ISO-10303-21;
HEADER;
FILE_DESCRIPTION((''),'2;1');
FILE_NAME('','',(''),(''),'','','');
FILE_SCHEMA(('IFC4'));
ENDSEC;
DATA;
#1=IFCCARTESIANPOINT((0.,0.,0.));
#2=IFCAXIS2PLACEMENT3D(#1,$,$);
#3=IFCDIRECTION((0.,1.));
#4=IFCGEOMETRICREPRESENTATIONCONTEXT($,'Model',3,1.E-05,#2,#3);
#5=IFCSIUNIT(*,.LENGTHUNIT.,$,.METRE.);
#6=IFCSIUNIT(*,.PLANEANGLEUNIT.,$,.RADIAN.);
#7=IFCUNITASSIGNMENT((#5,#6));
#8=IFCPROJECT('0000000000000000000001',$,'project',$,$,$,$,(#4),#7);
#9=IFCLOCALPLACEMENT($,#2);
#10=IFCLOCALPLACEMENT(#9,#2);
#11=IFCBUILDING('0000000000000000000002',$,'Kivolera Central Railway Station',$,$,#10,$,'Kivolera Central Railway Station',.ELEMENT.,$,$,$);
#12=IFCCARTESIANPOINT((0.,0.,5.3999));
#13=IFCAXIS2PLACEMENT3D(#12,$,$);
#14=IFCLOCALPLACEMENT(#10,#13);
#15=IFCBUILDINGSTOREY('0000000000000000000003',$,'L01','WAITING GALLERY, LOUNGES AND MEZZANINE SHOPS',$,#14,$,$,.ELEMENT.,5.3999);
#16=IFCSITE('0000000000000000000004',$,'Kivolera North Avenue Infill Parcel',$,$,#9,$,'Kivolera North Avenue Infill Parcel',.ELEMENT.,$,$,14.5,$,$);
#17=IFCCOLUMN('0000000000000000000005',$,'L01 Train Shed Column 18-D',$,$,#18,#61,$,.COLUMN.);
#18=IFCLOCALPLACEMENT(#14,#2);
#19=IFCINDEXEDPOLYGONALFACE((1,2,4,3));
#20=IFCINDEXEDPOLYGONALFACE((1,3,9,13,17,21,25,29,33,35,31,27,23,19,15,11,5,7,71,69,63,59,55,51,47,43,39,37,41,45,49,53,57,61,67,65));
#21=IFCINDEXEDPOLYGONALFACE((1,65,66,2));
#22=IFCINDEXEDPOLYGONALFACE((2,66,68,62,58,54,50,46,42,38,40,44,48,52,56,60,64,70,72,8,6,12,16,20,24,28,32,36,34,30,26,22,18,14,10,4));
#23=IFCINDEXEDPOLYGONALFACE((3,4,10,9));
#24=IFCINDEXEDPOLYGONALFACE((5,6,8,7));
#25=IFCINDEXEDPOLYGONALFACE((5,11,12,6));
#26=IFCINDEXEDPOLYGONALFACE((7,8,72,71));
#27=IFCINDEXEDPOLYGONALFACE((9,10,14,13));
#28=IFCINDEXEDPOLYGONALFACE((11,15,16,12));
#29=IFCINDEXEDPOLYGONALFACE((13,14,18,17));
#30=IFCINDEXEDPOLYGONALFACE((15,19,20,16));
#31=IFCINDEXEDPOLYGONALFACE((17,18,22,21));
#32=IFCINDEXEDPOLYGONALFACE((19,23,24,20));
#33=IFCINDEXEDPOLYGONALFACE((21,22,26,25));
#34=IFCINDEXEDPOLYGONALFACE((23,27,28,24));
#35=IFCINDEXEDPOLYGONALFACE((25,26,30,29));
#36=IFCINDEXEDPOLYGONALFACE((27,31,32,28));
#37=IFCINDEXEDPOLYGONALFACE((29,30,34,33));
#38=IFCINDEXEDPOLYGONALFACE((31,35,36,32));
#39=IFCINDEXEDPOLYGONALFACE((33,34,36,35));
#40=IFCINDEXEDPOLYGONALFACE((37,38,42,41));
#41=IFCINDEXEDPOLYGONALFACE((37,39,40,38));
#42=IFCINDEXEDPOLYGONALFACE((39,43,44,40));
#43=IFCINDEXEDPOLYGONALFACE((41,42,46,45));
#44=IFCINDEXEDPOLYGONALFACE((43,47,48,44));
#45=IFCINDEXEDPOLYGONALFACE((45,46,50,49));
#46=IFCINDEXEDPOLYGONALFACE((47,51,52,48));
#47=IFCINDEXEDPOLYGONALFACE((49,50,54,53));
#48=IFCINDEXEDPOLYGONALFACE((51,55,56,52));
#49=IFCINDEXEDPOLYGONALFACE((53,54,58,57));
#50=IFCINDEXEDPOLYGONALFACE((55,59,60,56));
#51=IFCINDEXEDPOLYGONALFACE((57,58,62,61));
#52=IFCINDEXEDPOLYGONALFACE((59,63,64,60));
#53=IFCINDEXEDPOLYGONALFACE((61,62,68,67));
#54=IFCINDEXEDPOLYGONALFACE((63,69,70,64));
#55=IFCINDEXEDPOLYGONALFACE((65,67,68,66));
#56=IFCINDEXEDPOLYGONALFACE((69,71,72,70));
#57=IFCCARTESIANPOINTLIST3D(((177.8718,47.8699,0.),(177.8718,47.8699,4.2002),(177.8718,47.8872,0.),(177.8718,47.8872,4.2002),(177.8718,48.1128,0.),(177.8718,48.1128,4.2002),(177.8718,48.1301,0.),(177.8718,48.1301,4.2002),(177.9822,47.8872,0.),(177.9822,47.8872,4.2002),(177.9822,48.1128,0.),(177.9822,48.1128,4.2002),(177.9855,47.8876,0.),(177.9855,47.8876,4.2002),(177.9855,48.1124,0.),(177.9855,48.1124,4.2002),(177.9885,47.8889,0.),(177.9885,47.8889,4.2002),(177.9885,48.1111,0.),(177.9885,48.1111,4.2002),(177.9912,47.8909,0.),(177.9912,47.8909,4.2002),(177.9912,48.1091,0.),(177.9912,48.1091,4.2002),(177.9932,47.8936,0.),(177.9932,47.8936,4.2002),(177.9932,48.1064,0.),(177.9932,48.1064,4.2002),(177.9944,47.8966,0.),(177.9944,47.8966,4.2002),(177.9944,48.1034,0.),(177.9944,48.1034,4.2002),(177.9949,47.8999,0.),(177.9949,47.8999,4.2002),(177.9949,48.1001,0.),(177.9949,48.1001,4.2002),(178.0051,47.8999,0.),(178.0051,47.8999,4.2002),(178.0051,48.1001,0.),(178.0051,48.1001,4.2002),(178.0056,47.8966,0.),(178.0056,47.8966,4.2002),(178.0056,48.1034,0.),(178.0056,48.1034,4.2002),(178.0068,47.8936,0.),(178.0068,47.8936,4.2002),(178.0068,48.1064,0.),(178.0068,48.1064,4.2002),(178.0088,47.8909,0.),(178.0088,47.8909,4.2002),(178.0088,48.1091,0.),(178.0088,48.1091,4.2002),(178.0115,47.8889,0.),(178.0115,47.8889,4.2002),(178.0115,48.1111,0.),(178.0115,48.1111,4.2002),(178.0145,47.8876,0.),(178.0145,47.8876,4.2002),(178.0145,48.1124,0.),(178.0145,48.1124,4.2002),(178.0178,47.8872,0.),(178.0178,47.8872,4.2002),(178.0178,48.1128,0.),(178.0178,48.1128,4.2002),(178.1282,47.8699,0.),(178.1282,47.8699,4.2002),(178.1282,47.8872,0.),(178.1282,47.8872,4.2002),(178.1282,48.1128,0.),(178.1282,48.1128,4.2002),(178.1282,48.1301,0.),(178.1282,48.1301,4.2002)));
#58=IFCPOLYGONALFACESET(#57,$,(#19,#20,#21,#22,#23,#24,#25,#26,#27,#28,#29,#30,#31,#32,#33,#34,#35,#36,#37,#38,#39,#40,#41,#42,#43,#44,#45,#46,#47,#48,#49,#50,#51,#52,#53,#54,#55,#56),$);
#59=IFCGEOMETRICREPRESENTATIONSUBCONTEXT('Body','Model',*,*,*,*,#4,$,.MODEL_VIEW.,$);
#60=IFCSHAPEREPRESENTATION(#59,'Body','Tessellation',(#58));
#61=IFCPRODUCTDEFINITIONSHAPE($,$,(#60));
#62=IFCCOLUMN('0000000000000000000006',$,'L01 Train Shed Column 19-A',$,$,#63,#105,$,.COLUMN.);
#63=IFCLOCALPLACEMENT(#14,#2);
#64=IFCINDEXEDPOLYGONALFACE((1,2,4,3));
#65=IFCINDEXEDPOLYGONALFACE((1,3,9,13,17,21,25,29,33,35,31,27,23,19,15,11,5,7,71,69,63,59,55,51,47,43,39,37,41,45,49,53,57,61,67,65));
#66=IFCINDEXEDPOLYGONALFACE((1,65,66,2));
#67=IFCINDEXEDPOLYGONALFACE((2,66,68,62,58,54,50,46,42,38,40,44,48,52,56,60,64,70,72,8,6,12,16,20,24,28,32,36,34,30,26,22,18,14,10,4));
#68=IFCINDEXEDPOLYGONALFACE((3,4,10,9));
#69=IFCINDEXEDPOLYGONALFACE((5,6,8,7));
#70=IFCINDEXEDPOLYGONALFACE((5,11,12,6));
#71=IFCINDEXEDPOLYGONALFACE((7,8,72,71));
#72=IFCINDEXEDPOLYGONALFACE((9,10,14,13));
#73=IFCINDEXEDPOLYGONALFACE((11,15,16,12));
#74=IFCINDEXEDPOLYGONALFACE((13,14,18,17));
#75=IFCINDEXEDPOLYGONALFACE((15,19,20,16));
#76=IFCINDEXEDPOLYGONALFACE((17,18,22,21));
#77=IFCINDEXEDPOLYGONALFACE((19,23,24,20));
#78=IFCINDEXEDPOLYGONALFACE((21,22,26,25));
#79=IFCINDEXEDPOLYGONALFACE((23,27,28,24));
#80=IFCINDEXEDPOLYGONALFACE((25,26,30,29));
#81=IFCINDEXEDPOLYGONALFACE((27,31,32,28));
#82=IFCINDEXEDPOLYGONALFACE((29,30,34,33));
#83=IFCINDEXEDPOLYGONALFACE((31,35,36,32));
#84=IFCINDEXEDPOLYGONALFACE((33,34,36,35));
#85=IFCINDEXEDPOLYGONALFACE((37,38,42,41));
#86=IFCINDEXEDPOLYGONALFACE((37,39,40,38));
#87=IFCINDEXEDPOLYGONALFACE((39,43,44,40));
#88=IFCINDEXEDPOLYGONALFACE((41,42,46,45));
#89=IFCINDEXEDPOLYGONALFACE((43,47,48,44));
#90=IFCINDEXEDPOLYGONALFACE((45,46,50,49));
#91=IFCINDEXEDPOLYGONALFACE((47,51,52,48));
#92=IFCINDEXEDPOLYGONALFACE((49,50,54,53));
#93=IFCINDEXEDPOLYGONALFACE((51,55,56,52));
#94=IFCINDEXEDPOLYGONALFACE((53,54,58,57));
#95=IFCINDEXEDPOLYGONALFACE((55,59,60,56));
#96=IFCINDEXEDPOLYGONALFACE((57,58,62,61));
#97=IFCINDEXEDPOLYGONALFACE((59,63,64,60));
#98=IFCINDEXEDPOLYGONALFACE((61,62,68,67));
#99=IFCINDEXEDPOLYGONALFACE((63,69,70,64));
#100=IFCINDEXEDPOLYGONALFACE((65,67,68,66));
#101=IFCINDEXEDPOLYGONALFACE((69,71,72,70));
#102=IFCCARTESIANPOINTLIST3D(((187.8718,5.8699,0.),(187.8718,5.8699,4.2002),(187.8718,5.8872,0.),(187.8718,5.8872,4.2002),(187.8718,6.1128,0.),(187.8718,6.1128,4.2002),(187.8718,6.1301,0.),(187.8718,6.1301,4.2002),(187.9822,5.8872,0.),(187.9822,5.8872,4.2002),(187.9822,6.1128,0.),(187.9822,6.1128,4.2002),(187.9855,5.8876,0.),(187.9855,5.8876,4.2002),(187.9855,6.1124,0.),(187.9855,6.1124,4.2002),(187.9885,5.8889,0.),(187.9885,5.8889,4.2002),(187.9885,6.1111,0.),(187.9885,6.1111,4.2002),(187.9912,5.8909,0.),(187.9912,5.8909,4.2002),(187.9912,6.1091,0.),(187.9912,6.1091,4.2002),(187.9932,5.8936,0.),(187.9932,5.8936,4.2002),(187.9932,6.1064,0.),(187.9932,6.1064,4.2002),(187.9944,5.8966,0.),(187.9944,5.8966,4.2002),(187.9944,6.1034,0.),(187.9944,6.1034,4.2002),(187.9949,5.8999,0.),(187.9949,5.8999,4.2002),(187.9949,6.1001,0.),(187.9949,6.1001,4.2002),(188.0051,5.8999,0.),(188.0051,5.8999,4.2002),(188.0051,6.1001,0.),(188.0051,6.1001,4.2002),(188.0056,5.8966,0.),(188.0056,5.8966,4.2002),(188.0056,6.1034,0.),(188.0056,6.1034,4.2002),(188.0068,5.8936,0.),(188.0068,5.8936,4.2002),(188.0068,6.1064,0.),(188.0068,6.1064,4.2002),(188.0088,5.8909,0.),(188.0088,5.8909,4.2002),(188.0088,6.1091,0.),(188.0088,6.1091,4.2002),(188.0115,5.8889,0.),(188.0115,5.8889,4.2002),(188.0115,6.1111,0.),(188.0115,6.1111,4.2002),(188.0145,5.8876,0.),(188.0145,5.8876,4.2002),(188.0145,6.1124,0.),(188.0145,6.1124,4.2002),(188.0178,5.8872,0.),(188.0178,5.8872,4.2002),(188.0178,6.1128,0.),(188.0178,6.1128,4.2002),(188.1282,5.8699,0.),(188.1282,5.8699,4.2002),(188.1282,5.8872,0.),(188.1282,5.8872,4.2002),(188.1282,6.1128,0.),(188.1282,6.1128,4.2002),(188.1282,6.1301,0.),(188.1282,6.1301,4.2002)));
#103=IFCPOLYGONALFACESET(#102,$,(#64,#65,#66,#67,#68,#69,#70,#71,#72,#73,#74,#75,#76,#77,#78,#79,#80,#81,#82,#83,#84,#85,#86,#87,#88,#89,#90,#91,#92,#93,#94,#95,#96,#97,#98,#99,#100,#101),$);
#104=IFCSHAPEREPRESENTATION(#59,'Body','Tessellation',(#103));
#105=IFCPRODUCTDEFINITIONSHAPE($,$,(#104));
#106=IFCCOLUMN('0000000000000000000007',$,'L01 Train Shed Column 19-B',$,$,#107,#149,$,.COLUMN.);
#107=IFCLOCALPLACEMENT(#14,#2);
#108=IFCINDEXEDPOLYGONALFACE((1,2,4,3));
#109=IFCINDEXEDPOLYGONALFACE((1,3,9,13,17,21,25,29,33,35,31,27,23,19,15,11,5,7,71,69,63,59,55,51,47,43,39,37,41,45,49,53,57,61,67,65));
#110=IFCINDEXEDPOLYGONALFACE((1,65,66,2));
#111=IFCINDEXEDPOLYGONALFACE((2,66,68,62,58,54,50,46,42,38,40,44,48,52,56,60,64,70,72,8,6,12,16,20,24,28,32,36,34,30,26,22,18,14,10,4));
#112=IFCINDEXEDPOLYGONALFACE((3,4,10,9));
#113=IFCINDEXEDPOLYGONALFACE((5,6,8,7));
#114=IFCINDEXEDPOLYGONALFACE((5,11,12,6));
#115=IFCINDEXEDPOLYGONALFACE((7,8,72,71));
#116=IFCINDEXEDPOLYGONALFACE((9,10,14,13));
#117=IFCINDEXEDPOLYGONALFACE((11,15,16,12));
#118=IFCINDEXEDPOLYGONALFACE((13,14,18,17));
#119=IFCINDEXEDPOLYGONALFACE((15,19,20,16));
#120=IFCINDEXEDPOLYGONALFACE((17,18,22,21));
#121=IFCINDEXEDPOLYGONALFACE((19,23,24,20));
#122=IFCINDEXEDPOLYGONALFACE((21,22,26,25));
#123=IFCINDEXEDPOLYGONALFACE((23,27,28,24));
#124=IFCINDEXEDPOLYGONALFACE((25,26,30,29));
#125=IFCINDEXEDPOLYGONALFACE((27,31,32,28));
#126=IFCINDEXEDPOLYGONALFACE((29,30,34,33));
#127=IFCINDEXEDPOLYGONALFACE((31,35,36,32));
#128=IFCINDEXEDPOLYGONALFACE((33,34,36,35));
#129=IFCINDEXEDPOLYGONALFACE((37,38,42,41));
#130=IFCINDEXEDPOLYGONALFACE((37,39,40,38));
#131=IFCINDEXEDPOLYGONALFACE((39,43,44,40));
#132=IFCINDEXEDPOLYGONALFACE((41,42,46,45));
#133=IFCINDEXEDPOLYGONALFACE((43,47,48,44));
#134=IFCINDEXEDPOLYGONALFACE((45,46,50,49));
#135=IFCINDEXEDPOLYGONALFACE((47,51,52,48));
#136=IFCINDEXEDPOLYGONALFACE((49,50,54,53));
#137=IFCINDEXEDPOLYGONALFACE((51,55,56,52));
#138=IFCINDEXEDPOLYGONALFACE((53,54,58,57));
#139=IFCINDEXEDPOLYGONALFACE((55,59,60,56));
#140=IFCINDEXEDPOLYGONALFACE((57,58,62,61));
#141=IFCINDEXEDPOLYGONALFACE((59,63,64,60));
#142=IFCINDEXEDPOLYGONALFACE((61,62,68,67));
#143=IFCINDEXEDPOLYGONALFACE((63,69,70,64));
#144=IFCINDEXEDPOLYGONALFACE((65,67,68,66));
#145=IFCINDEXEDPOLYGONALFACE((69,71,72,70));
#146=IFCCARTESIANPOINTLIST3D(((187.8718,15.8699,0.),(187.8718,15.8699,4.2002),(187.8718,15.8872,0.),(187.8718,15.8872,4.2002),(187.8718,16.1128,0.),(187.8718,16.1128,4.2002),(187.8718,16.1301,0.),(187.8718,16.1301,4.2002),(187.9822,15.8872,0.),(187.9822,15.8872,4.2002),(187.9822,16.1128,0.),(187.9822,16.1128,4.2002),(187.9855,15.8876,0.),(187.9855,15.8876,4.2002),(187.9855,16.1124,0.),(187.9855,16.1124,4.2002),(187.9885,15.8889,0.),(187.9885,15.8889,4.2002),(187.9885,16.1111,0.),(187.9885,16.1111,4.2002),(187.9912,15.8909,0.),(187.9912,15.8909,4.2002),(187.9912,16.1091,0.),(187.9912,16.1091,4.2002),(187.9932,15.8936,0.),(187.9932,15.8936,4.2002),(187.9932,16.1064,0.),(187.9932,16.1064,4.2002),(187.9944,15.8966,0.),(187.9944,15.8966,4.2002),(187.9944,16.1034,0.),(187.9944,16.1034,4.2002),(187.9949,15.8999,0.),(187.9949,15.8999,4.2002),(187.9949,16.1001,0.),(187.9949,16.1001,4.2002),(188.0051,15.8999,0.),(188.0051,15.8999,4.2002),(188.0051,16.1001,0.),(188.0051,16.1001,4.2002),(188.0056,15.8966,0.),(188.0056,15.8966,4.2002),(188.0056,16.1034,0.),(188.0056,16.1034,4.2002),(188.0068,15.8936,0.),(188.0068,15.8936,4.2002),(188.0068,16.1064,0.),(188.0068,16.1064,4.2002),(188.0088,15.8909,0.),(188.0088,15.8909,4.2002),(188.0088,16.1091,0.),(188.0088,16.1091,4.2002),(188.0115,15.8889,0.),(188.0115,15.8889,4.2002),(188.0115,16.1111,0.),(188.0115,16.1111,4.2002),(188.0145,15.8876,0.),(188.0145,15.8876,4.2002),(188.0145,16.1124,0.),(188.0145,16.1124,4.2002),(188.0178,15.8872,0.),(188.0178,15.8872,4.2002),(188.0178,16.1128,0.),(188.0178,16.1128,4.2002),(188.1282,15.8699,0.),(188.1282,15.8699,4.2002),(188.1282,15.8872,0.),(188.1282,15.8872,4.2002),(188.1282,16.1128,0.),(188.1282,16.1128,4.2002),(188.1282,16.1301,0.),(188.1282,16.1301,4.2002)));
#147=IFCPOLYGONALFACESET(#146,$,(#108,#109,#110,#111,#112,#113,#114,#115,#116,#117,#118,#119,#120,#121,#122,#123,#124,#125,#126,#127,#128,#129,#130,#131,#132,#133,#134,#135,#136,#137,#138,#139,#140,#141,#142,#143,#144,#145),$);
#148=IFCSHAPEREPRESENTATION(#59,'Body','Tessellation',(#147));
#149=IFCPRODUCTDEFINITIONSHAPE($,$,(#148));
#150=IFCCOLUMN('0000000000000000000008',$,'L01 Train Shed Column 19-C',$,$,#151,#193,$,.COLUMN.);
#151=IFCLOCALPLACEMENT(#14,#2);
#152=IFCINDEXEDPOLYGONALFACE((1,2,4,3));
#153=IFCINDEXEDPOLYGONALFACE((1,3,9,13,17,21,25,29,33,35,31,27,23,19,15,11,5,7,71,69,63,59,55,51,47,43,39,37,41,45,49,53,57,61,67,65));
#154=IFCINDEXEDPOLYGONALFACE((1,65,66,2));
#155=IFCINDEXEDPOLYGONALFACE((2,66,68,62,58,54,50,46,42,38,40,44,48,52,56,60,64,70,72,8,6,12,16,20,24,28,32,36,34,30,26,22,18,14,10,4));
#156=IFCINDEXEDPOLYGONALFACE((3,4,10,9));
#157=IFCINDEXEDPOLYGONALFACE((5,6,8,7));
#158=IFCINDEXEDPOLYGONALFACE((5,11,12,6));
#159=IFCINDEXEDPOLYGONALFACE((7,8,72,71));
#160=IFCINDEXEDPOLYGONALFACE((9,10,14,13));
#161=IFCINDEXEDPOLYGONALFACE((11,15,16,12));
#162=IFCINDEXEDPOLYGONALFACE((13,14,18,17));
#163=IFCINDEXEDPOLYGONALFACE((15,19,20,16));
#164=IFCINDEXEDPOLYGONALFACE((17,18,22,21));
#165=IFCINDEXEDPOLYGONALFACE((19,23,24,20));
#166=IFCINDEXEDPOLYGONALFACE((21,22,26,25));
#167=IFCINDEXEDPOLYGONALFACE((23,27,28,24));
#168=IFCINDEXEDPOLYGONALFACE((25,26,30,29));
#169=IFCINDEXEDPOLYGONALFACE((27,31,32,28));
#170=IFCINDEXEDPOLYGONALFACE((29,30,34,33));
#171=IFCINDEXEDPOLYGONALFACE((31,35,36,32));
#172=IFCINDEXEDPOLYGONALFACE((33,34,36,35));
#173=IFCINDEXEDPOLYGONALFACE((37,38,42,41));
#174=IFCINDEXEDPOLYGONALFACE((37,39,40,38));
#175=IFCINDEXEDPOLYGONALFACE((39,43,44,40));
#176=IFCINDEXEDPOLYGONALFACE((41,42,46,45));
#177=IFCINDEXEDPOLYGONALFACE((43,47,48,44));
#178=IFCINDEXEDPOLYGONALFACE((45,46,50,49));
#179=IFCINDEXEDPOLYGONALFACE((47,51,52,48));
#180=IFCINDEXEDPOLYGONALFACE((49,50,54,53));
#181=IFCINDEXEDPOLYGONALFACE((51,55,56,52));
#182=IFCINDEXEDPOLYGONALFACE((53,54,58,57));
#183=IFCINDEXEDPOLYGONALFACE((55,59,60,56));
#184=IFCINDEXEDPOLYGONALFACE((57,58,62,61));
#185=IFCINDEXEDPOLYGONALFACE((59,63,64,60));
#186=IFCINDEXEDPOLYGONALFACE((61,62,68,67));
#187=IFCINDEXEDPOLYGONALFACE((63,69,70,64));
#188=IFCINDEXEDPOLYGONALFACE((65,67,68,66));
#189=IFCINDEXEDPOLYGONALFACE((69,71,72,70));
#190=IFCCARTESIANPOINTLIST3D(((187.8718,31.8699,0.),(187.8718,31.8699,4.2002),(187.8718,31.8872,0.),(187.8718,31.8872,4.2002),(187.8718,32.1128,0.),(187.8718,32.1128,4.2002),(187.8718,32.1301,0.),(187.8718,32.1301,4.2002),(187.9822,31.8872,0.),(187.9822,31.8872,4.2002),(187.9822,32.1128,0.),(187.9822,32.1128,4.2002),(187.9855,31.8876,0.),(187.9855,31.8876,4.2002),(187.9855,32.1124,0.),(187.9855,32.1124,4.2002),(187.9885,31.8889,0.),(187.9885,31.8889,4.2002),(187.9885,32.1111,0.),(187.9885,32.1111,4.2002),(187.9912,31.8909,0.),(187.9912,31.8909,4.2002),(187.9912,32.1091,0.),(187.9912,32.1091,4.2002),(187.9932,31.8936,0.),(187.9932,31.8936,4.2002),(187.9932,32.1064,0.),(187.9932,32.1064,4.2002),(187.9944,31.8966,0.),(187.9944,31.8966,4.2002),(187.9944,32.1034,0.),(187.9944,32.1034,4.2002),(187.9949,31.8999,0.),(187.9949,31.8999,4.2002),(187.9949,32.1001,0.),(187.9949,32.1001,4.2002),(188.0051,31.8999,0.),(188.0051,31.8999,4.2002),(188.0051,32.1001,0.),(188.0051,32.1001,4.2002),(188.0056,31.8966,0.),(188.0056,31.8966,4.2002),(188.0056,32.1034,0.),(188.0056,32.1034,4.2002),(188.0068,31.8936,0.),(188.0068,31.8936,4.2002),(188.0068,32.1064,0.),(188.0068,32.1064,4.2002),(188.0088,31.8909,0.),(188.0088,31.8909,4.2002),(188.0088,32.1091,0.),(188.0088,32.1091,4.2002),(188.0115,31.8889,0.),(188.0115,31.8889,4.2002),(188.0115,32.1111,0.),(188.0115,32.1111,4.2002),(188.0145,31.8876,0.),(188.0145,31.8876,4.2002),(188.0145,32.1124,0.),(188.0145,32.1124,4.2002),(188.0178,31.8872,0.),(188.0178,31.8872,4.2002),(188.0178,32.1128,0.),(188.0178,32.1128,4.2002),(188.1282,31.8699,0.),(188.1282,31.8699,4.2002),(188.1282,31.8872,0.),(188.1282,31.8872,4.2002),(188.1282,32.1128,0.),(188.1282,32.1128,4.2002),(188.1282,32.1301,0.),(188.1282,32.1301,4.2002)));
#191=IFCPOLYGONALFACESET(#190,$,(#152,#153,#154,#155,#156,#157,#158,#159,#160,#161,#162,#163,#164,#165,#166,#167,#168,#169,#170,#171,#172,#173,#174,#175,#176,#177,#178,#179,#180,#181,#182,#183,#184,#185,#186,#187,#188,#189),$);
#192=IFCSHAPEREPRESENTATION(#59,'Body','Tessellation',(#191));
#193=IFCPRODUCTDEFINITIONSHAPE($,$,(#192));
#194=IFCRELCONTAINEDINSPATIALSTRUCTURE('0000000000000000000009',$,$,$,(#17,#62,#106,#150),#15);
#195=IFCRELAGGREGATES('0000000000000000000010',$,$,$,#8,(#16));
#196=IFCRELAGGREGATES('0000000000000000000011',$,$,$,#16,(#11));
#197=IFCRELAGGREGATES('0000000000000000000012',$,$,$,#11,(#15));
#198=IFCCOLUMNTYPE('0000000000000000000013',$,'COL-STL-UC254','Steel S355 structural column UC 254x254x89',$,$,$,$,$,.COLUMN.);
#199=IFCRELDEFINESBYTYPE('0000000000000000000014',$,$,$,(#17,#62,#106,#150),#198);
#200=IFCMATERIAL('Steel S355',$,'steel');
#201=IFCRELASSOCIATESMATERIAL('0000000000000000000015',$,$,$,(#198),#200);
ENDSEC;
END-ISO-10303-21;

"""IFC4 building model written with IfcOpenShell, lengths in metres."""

from ifc_helpers import new_model, si_unit, direction, frame, origin, origin_2d, place, context, subcontext, project, spatial, i_section, extrude, material, material_profile, profile_set, type_object, element, save


model = new_model("IFC4")

# Units and contexts
model_context = context("Model", 3, precision=1e-05, world=origin(), true_north=direction((0.0, 1.0)))
body_context = subcontext(model_context, "Body", "Model", "MODEL_VIEW")
ifc_project = project(units=[si_unit("LENGTHUNIT", "METRE"), si_unit("PLANEANGLEUNIT", "RADIAN")], contexts=[model_context])

# Site, building, storey
site_placement = place(None, origin())
site = spatial("IfcSite", under=ifc_project, at=site_placement, Name="Kivolera North Avenue Infill Parcel", LongName="Kivolera North Avenue Infill Parcel", CompositionType="ELEMENT", RefElevation=14.5)
building_placement = place(site_placement, origin())
building = spatial("IfcBuilding", under=site, at=building_placement, Name="Kivolera Central Railway Station", LongName="Kivolera Central Railway Station", CompositionType="ELEMENT")
storey_placement = place(building_placement, frame((0.0, 0.0, 5.3999)))
storey = spatial("IfcBuildingStorey", under=building, at=storey_placement, Name="L01", Description="WAITING GALLERY, LOUNGES AND MEZZANINE SHOPS", CompositionType="ELEMENT", Elevation=5.3999)

# Columns
ifc_material_1 = material(Name="Steel S355", Category="steel")
ifc_material_profile_1 = material_profile(ifc_material_1, i_section(OverallWidth=0.2563, OverallDepth=0.2603, WebThickness=0.0103, FlangeThickness=0.0173, FilletRadius=0.0127, at=origin_2d()), Name="UC 254x254x89")
ifc_profile_set_1 = profile_set([ifc_material_profile_1], Name="Steel S355")
column_type_1 = type_object("IfcColumnType", Name="COL-STL-UC254", Description="Steel S355 structural column UC 254x254x89", PredefinedType="COLUMN", material=ifc_profile_set_1)
for number, where, z_axis, x_axis, name in (
    (1, (178.0, 48.0, 0.0), (0.0, 0.0, 1.0), (1.0, 0.0, 0.0), "L01 Train Shed Column 18-D"),
    (2, (188.0, 6.0, 0.0), (0.0, 0.0, 1.0), (1.0, 0.0, 0.0), "L01 Train Shed Column 19-A"),
    (3, (188.0, 16.0, 0.0), (0.0, 0.0, 1.0), (1.0, 0.0, 0.0), "L01 Train Shed Column 19-B"),
    (4, (188.0, 32.0, 0.0), (0.0, 0.0, 1.0), (1.0, 0.0, 0.0), "L01 Train Shed Column 19-C"),
):
    element("IfcColumn", number, at=place(storey_placement, frame(where, z_axis=z_axis, x_axis=x_axis)), inside=storey, type_object=column_type_1, Name=name, PredefinedType="COLUMN", context=body_context, shape_type="SweptSolid", body=[
        extrude(i_section(OverallWidth=0.2563, OverallDepth=0.2603, WebThickness=0.0103, FlangeThickness=0.0173, FilletRadius=0.0127, at=origin_2d()), origin(), (0.0, 0.0, 1.0), 4.2002),
    ])

save(model, "model.ifc")
